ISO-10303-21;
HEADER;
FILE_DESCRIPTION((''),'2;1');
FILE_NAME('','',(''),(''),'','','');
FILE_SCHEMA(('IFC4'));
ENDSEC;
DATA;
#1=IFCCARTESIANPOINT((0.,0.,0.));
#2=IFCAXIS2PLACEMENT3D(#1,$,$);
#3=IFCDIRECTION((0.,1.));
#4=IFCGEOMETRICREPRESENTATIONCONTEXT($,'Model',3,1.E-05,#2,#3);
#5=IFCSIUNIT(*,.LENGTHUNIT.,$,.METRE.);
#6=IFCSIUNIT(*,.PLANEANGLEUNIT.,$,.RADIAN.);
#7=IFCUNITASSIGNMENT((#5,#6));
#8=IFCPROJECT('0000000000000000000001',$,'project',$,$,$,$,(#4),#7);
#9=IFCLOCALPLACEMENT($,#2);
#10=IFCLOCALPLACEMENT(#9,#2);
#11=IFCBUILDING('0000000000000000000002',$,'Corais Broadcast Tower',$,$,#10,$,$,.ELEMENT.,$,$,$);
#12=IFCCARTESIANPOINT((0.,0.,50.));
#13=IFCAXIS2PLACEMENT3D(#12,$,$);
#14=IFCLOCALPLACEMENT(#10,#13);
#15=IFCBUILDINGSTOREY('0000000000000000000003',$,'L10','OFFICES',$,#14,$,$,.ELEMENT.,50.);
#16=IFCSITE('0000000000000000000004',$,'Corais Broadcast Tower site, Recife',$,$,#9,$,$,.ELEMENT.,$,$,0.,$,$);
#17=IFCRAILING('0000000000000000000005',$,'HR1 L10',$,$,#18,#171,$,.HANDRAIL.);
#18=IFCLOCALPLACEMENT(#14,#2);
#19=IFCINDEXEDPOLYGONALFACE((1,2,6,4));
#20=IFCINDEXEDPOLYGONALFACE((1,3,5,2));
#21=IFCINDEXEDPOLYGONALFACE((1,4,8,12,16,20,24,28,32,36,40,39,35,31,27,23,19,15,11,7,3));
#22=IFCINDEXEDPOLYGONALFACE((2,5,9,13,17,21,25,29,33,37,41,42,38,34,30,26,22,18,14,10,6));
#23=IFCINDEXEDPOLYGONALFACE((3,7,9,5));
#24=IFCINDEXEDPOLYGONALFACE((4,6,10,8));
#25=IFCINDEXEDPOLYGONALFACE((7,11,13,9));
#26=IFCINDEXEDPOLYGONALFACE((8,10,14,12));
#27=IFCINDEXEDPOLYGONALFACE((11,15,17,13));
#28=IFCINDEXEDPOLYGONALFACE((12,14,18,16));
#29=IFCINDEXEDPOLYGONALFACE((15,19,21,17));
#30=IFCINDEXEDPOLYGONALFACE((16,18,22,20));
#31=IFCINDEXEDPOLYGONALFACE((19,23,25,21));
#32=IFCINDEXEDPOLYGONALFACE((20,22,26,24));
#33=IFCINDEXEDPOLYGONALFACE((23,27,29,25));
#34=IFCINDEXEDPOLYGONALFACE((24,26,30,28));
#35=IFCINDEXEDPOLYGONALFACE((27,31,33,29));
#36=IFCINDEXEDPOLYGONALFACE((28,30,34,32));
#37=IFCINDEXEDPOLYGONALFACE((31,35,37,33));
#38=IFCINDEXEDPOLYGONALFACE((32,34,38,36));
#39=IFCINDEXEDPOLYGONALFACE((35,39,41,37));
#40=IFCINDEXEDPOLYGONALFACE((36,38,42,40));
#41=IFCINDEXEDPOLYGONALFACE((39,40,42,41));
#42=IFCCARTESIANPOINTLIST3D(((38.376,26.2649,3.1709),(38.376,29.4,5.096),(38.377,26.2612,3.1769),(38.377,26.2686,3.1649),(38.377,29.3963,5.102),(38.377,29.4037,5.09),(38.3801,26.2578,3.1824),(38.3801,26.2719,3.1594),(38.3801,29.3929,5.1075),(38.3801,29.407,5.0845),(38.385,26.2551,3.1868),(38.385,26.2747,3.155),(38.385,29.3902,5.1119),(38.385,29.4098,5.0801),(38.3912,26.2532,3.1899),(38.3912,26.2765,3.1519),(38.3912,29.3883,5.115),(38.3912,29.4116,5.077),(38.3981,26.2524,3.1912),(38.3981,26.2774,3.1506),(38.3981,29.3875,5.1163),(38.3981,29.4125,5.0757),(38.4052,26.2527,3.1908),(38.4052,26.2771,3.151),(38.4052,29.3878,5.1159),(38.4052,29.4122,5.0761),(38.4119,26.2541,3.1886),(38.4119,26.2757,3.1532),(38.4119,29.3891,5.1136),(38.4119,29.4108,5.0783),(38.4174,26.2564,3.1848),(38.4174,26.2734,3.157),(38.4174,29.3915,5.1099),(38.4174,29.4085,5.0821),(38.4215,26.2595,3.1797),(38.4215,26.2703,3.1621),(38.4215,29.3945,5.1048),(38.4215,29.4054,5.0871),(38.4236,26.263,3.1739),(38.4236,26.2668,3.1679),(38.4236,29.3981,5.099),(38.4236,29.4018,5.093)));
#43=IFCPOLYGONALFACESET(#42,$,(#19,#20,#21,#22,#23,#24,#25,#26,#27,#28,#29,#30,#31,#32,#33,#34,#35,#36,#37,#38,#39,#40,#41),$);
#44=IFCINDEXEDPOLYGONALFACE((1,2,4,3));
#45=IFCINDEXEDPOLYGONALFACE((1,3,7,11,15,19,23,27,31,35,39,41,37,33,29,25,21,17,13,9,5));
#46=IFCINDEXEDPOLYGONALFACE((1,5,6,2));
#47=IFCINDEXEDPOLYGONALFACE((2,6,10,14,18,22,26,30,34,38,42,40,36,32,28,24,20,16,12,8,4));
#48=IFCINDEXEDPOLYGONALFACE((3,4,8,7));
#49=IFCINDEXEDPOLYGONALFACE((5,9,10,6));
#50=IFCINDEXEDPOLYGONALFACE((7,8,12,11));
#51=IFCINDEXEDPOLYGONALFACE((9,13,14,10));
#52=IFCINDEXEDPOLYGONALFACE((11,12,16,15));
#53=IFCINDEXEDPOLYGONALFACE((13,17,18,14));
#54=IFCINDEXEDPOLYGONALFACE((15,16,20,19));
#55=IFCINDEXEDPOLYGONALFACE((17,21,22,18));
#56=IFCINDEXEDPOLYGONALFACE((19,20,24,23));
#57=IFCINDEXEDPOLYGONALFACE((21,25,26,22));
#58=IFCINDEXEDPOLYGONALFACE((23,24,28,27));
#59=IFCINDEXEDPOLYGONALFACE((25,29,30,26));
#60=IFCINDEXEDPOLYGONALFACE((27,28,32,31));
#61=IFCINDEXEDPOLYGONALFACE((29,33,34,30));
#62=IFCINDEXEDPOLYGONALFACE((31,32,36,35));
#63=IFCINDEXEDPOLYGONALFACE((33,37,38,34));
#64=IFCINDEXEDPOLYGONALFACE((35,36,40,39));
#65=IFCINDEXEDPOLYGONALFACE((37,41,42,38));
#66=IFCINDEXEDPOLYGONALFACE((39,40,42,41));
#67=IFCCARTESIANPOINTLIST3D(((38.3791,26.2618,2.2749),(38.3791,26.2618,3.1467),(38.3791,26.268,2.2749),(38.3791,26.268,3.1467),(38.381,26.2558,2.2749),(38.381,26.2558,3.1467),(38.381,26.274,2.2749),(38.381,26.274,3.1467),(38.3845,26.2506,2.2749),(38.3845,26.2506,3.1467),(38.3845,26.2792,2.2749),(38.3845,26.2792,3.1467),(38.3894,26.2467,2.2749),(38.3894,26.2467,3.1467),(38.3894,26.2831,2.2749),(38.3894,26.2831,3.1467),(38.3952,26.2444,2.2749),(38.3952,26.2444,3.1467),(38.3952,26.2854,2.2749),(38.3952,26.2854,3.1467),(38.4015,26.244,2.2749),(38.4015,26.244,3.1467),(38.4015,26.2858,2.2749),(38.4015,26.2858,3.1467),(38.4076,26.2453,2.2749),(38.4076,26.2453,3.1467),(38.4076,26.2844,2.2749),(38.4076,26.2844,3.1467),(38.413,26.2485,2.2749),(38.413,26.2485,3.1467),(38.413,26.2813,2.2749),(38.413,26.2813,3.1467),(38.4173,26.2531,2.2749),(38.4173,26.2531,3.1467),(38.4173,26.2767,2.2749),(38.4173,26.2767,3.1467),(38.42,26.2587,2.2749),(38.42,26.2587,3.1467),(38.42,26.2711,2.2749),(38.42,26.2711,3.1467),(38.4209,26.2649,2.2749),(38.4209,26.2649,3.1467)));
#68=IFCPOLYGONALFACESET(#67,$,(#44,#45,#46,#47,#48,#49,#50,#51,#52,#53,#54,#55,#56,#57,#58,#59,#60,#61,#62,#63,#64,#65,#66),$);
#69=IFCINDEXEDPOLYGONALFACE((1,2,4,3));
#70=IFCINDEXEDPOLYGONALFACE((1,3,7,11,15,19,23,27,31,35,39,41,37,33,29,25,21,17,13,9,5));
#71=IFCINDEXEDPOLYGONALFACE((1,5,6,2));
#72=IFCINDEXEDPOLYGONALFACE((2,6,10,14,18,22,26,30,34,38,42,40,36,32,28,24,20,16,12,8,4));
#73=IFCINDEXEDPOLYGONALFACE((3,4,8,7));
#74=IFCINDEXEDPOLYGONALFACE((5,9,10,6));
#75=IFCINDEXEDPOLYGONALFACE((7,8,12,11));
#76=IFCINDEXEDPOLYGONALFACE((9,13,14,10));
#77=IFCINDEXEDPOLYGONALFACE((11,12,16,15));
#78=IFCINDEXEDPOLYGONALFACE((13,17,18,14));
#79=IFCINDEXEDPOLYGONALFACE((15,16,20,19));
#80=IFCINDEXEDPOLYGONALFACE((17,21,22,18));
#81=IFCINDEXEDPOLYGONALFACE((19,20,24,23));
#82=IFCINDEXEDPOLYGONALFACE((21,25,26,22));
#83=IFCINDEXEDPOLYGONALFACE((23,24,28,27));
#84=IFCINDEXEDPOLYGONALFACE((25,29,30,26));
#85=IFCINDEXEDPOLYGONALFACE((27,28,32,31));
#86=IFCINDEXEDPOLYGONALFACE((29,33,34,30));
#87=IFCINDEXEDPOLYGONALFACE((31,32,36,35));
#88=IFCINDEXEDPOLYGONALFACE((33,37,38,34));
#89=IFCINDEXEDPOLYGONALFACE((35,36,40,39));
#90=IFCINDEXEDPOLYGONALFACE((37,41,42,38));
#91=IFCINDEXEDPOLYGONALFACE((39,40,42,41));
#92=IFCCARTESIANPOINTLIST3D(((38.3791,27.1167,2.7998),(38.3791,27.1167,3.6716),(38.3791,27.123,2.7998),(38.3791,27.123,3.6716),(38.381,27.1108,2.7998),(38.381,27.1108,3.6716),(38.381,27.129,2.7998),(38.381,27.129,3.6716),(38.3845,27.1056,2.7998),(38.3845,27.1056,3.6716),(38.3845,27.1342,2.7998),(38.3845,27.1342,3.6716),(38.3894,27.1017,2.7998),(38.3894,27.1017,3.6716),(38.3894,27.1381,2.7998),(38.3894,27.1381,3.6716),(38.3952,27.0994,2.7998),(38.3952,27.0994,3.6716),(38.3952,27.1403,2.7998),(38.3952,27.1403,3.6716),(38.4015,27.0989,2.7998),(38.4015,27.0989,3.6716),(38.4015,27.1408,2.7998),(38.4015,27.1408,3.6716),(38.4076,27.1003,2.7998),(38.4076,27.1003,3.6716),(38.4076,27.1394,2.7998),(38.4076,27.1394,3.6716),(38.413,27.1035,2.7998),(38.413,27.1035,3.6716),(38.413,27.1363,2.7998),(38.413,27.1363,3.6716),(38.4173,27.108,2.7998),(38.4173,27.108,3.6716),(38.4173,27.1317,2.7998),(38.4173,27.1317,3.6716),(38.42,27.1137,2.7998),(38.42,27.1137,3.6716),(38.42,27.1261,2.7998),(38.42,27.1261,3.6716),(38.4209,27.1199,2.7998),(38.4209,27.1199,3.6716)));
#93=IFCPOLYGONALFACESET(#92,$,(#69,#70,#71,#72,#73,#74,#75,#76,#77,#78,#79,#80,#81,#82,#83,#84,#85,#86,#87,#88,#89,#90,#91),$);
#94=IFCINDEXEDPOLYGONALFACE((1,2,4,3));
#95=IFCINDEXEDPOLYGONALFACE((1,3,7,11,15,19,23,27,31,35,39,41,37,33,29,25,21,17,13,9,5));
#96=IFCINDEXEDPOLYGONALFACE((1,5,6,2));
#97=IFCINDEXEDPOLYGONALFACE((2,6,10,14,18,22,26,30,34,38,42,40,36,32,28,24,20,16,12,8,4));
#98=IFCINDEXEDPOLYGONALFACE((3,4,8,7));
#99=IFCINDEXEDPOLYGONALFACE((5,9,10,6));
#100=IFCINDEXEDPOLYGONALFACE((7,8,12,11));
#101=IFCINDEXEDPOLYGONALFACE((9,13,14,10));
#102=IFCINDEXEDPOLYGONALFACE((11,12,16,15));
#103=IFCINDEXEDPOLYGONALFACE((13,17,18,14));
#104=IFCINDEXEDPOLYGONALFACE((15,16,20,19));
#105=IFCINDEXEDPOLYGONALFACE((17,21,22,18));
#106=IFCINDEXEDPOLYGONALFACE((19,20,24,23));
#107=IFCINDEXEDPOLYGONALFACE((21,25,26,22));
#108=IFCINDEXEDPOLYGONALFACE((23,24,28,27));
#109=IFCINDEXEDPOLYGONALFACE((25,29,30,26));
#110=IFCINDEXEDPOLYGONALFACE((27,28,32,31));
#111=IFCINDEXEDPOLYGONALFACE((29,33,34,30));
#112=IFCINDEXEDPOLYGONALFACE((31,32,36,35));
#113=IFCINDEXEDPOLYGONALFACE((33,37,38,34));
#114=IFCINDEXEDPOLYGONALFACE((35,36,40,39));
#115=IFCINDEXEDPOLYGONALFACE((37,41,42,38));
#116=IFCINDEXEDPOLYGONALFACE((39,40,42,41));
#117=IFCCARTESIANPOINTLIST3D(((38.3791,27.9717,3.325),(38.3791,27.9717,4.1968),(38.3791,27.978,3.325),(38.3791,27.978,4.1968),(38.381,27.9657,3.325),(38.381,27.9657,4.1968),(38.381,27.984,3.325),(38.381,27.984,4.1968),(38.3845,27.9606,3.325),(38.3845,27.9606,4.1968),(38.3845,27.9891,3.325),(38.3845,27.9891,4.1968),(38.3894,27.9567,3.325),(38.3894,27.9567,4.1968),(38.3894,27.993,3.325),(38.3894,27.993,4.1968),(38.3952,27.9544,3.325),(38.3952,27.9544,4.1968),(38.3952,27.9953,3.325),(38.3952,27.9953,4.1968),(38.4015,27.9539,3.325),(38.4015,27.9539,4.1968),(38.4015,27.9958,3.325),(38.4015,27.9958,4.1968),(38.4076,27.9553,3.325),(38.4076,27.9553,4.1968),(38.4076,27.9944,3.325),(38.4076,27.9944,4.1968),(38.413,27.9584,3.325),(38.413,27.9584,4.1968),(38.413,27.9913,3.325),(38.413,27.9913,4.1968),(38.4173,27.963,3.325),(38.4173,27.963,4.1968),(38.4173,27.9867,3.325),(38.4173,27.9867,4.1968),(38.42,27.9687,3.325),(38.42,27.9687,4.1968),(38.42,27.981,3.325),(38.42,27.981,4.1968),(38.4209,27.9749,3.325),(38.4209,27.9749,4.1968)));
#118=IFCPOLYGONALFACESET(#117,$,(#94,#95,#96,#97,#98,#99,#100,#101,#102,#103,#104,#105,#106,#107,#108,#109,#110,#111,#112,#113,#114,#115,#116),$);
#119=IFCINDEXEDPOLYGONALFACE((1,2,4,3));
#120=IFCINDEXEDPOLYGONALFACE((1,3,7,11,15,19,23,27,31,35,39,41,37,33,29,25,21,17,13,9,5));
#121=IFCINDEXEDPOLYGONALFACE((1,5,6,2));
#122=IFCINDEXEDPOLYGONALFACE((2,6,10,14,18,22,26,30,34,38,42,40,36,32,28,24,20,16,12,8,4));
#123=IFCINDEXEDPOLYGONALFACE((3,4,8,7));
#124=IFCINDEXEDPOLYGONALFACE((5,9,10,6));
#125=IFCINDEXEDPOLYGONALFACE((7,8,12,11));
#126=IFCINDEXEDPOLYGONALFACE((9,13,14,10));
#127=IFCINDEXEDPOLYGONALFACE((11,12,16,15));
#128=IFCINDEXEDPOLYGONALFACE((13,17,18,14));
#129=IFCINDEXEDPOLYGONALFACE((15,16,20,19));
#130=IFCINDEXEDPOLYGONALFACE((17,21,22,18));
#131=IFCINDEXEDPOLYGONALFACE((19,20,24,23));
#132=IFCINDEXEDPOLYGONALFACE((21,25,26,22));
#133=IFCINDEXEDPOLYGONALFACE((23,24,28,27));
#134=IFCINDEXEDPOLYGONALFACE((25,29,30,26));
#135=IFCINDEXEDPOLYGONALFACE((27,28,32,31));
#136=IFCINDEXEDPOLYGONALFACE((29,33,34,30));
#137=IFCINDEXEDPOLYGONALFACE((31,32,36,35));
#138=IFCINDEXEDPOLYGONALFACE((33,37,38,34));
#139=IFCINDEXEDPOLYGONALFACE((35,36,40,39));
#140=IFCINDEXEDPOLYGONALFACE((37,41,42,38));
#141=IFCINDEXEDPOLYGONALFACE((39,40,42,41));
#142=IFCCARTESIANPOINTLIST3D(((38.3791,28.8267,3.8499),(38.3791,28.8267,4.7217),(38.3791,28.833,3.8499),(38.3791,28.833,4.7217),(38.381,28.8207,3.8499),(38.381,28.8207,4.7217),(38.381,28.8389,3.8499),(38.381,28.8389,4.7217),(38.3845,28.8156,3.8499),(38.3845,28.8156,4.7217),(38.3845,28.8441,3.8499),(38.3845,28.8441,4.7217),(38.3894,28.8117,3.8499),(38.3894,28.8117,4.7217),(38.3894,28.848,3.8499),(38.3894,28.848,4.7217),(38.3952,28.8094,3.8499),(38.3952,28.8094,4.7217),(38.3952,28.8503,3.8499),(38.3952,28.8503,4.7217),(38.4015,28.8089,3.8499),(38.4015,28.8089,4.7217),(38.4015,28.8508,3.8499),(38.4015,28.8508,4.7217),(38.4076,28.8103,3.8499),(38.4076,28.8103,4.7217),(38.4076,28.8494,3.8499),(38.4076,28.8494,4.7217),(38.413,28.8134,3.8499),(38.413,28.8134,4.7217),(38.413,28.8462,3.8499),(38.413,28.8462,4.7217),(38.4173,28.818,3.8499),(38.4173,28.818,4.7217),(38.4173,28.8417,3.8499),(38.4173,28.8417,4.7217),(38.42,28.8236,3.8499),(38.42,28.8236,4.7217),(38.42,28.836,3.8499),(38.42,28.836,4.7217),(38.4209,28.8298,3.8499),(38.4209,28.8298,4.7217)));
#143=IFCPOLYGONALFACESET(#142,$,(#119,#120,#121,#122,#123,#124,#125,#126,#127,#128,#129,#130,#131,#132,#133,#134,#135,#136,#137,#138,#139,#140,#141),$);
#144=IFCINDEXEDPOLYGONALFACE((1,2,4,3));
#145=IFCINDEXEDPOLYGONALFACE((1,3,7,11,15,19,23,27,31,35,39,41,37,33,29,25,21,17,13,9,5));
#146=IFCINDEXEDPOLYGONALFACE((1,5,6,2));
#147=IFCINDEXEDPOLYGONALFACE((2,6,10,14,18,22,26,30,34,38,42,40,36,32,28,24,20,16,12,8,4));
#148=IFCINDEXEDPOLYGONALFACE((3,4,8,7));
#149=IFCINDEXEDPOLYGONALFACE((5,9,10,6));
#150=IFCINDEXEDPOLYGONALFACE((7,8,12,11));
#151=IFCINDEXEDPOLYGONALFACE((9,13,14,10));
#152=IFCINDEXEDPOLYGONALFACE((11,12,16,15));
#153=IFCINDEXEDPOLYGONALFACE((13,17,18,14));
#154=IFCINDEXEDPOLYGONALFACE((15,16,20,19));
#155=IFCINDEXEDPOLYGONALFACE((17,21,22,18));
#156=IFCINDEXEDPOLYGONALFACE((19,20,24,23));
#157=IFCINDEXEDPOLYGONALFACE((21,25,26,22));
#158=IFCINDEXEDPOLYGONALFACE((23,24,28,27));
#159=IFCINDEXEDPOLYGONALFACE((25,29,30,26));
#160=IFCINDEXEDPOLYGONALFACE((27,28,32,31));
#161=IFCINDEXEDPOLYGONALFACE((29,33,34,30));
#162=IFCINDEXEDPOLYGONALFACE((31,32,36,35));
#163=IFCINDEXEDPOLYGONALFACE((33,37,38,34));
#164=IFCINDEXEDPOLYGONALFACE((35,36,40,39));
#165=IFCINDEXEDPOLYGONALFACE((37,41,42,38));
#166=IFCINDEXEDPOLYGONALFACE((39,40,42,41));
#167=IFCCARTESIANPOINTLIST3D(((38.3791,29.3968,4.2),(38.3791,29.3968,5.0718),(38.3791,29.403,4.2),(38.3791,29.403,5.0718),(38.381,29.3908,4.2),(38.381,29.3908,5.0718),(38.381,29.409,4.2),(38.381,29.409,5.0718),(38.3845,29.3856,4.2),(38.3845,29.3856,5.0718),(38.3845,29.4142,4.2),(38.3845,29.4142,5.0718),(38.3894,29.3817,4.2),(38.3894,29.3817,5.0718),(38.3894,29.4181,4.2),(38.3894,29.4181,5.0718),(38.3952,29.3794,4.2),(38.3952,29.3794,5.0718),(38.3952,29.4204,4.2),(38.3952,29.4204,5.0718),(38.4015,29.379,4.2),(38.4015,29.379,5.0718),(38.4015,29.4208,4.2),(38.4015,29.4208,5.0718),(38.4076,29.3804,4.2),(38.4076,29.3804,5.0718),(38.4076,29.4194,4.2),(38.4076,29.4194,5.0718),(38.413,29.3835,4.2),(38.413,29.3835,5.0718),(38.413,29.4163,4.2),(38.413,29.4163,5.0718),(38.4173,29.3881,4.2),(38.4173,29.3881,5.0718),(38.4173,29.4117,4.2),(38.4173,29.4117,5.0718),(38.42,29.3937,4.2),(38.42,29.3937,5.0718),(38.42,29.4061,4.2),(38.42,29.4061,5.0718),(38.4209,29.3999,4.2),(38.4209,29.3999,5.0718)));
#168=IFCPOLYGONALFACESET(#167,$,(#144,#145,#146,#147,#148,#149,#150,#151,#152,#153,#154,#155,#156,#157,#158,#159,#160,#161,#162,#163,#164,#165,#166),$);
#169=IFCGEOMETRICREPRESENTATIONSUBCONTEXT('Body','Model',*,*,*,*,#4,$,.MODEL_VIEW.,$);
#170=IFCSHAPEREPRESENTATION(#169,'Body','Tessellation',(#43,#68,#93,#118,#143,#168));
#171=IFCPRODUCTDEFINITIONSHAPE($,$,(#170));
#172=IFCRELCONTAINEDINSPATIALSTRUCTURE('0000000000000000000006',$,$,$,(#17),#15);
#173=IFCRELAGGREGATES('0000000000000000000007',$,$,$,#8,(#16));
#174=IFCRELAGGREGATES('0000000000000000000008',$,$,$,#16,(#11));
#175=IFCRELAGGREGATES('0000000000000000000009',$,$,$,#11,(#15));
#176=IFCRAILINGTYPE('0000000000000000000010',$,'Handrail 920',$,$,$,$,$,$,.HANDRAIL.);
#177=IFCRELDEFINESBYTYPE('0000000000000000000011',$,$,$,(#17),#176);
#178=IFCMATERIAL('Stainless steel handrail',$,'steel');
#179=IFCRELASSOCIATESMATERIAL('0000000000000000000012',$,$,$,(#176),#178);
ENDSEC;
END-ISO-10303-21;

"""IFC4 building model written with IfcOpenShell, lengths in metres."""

from ifc_helpers import new_model, si_unit, direction, frame, origin, origin_2d, place, context, subcontext, project, spatial, circle, extrude, material, type_object, element, save


model = new_model("IFC4")

# Units and contexts
model_context = context("Model", 3, precision=1e-05, world=origin(), true_north=direction((0.0, 1.0)))
body_context = subcontext(model_context, "Body", "Model", "MODEL_VIEW")
ifc_project = project(units=[si_unit("LENGTHUNIT", "METRE"), si_unit("PLANEANGLEUNIT", "RADIAN")], contexts=[model_context])

# Site, building, storey
site_placement = place(None, origin())
site = spatial("IfcSite", under=ifc_project, at=site_placement, Name="Corais Broadcast Tower site, Recife", CompositionType="ELEMENT", RefElevation=0.0)
building_placement = place(site_placement, origin())
building = spatial("IfcBuilding", under=site, at=building_placement, Name="Corais Broadcast Tower", CompositionType="ELEMENT")
storey_placement = place(building_placement, frame((0.0, 0.0, 50.0)))
storey = spatial("IfcBuildingStorey", under=building, at=storey_placement, Name="L10", Description="OFFICES", CompositionType="ELEMENT", Elevation=50.0)

# Railing
ifc_material_1 = material(Name="Stainless steel handrail", Category="steel")
railing_type = type_object("IfcRailingType", Name="Handrail 920", PredefinedType="HANDRAIL", material=ifc_material_1)
for number, where, name in (
    (1, (38.3999, 26.2649, 2.2749), "HR1 L10"),
):
    element("IfcRailing", number, at=place(storey_placement, frame(where)), inside=storey, type_object=railing_type, Name=name, PredefinedType="HANDRAIL", context=body_context, shape_type="SweptSolid", body=[
        extrude(circle(Radius=0.0239, at=origin_2d()), frame((0.0, 0.0, 0.896), z_axis=(0.0, 0.852166, 0.523271), x_axis=(-1.0, 0.0, 0.0)), (0.0, 0.0, 1.0), 3.679),
        extrude(circle(Radius=0.021, at=origin_2d()), origin(), (0.0, 0.0, 1.0), 0.8718),
        extrude(circle(Radius=0.021, at=origin_2d()), frame((0.0, 0.855, 0.5249)), (0.0, 0.0, 1.0), 0.8718),
        extrude(circle(Radius=0.021, at=origin_2d()), frame((0.0, 1.71, 1.05)), (0.0, 0.0, 1.0), 0.8718),
        extrude(circle(Radius=0.021, at=origin_2d()), frame((0.0, 2.5649, 1.575)), (0.0, 0.0, 1.0), 0.8718),
        extrude(circle(Radius=0.021, at=origin_2d()), frame((0.0, 3.135, 1.925)), (0.0, 0.0, 1.0), 0.8718),
    ])

save(model, "model.ifc")
